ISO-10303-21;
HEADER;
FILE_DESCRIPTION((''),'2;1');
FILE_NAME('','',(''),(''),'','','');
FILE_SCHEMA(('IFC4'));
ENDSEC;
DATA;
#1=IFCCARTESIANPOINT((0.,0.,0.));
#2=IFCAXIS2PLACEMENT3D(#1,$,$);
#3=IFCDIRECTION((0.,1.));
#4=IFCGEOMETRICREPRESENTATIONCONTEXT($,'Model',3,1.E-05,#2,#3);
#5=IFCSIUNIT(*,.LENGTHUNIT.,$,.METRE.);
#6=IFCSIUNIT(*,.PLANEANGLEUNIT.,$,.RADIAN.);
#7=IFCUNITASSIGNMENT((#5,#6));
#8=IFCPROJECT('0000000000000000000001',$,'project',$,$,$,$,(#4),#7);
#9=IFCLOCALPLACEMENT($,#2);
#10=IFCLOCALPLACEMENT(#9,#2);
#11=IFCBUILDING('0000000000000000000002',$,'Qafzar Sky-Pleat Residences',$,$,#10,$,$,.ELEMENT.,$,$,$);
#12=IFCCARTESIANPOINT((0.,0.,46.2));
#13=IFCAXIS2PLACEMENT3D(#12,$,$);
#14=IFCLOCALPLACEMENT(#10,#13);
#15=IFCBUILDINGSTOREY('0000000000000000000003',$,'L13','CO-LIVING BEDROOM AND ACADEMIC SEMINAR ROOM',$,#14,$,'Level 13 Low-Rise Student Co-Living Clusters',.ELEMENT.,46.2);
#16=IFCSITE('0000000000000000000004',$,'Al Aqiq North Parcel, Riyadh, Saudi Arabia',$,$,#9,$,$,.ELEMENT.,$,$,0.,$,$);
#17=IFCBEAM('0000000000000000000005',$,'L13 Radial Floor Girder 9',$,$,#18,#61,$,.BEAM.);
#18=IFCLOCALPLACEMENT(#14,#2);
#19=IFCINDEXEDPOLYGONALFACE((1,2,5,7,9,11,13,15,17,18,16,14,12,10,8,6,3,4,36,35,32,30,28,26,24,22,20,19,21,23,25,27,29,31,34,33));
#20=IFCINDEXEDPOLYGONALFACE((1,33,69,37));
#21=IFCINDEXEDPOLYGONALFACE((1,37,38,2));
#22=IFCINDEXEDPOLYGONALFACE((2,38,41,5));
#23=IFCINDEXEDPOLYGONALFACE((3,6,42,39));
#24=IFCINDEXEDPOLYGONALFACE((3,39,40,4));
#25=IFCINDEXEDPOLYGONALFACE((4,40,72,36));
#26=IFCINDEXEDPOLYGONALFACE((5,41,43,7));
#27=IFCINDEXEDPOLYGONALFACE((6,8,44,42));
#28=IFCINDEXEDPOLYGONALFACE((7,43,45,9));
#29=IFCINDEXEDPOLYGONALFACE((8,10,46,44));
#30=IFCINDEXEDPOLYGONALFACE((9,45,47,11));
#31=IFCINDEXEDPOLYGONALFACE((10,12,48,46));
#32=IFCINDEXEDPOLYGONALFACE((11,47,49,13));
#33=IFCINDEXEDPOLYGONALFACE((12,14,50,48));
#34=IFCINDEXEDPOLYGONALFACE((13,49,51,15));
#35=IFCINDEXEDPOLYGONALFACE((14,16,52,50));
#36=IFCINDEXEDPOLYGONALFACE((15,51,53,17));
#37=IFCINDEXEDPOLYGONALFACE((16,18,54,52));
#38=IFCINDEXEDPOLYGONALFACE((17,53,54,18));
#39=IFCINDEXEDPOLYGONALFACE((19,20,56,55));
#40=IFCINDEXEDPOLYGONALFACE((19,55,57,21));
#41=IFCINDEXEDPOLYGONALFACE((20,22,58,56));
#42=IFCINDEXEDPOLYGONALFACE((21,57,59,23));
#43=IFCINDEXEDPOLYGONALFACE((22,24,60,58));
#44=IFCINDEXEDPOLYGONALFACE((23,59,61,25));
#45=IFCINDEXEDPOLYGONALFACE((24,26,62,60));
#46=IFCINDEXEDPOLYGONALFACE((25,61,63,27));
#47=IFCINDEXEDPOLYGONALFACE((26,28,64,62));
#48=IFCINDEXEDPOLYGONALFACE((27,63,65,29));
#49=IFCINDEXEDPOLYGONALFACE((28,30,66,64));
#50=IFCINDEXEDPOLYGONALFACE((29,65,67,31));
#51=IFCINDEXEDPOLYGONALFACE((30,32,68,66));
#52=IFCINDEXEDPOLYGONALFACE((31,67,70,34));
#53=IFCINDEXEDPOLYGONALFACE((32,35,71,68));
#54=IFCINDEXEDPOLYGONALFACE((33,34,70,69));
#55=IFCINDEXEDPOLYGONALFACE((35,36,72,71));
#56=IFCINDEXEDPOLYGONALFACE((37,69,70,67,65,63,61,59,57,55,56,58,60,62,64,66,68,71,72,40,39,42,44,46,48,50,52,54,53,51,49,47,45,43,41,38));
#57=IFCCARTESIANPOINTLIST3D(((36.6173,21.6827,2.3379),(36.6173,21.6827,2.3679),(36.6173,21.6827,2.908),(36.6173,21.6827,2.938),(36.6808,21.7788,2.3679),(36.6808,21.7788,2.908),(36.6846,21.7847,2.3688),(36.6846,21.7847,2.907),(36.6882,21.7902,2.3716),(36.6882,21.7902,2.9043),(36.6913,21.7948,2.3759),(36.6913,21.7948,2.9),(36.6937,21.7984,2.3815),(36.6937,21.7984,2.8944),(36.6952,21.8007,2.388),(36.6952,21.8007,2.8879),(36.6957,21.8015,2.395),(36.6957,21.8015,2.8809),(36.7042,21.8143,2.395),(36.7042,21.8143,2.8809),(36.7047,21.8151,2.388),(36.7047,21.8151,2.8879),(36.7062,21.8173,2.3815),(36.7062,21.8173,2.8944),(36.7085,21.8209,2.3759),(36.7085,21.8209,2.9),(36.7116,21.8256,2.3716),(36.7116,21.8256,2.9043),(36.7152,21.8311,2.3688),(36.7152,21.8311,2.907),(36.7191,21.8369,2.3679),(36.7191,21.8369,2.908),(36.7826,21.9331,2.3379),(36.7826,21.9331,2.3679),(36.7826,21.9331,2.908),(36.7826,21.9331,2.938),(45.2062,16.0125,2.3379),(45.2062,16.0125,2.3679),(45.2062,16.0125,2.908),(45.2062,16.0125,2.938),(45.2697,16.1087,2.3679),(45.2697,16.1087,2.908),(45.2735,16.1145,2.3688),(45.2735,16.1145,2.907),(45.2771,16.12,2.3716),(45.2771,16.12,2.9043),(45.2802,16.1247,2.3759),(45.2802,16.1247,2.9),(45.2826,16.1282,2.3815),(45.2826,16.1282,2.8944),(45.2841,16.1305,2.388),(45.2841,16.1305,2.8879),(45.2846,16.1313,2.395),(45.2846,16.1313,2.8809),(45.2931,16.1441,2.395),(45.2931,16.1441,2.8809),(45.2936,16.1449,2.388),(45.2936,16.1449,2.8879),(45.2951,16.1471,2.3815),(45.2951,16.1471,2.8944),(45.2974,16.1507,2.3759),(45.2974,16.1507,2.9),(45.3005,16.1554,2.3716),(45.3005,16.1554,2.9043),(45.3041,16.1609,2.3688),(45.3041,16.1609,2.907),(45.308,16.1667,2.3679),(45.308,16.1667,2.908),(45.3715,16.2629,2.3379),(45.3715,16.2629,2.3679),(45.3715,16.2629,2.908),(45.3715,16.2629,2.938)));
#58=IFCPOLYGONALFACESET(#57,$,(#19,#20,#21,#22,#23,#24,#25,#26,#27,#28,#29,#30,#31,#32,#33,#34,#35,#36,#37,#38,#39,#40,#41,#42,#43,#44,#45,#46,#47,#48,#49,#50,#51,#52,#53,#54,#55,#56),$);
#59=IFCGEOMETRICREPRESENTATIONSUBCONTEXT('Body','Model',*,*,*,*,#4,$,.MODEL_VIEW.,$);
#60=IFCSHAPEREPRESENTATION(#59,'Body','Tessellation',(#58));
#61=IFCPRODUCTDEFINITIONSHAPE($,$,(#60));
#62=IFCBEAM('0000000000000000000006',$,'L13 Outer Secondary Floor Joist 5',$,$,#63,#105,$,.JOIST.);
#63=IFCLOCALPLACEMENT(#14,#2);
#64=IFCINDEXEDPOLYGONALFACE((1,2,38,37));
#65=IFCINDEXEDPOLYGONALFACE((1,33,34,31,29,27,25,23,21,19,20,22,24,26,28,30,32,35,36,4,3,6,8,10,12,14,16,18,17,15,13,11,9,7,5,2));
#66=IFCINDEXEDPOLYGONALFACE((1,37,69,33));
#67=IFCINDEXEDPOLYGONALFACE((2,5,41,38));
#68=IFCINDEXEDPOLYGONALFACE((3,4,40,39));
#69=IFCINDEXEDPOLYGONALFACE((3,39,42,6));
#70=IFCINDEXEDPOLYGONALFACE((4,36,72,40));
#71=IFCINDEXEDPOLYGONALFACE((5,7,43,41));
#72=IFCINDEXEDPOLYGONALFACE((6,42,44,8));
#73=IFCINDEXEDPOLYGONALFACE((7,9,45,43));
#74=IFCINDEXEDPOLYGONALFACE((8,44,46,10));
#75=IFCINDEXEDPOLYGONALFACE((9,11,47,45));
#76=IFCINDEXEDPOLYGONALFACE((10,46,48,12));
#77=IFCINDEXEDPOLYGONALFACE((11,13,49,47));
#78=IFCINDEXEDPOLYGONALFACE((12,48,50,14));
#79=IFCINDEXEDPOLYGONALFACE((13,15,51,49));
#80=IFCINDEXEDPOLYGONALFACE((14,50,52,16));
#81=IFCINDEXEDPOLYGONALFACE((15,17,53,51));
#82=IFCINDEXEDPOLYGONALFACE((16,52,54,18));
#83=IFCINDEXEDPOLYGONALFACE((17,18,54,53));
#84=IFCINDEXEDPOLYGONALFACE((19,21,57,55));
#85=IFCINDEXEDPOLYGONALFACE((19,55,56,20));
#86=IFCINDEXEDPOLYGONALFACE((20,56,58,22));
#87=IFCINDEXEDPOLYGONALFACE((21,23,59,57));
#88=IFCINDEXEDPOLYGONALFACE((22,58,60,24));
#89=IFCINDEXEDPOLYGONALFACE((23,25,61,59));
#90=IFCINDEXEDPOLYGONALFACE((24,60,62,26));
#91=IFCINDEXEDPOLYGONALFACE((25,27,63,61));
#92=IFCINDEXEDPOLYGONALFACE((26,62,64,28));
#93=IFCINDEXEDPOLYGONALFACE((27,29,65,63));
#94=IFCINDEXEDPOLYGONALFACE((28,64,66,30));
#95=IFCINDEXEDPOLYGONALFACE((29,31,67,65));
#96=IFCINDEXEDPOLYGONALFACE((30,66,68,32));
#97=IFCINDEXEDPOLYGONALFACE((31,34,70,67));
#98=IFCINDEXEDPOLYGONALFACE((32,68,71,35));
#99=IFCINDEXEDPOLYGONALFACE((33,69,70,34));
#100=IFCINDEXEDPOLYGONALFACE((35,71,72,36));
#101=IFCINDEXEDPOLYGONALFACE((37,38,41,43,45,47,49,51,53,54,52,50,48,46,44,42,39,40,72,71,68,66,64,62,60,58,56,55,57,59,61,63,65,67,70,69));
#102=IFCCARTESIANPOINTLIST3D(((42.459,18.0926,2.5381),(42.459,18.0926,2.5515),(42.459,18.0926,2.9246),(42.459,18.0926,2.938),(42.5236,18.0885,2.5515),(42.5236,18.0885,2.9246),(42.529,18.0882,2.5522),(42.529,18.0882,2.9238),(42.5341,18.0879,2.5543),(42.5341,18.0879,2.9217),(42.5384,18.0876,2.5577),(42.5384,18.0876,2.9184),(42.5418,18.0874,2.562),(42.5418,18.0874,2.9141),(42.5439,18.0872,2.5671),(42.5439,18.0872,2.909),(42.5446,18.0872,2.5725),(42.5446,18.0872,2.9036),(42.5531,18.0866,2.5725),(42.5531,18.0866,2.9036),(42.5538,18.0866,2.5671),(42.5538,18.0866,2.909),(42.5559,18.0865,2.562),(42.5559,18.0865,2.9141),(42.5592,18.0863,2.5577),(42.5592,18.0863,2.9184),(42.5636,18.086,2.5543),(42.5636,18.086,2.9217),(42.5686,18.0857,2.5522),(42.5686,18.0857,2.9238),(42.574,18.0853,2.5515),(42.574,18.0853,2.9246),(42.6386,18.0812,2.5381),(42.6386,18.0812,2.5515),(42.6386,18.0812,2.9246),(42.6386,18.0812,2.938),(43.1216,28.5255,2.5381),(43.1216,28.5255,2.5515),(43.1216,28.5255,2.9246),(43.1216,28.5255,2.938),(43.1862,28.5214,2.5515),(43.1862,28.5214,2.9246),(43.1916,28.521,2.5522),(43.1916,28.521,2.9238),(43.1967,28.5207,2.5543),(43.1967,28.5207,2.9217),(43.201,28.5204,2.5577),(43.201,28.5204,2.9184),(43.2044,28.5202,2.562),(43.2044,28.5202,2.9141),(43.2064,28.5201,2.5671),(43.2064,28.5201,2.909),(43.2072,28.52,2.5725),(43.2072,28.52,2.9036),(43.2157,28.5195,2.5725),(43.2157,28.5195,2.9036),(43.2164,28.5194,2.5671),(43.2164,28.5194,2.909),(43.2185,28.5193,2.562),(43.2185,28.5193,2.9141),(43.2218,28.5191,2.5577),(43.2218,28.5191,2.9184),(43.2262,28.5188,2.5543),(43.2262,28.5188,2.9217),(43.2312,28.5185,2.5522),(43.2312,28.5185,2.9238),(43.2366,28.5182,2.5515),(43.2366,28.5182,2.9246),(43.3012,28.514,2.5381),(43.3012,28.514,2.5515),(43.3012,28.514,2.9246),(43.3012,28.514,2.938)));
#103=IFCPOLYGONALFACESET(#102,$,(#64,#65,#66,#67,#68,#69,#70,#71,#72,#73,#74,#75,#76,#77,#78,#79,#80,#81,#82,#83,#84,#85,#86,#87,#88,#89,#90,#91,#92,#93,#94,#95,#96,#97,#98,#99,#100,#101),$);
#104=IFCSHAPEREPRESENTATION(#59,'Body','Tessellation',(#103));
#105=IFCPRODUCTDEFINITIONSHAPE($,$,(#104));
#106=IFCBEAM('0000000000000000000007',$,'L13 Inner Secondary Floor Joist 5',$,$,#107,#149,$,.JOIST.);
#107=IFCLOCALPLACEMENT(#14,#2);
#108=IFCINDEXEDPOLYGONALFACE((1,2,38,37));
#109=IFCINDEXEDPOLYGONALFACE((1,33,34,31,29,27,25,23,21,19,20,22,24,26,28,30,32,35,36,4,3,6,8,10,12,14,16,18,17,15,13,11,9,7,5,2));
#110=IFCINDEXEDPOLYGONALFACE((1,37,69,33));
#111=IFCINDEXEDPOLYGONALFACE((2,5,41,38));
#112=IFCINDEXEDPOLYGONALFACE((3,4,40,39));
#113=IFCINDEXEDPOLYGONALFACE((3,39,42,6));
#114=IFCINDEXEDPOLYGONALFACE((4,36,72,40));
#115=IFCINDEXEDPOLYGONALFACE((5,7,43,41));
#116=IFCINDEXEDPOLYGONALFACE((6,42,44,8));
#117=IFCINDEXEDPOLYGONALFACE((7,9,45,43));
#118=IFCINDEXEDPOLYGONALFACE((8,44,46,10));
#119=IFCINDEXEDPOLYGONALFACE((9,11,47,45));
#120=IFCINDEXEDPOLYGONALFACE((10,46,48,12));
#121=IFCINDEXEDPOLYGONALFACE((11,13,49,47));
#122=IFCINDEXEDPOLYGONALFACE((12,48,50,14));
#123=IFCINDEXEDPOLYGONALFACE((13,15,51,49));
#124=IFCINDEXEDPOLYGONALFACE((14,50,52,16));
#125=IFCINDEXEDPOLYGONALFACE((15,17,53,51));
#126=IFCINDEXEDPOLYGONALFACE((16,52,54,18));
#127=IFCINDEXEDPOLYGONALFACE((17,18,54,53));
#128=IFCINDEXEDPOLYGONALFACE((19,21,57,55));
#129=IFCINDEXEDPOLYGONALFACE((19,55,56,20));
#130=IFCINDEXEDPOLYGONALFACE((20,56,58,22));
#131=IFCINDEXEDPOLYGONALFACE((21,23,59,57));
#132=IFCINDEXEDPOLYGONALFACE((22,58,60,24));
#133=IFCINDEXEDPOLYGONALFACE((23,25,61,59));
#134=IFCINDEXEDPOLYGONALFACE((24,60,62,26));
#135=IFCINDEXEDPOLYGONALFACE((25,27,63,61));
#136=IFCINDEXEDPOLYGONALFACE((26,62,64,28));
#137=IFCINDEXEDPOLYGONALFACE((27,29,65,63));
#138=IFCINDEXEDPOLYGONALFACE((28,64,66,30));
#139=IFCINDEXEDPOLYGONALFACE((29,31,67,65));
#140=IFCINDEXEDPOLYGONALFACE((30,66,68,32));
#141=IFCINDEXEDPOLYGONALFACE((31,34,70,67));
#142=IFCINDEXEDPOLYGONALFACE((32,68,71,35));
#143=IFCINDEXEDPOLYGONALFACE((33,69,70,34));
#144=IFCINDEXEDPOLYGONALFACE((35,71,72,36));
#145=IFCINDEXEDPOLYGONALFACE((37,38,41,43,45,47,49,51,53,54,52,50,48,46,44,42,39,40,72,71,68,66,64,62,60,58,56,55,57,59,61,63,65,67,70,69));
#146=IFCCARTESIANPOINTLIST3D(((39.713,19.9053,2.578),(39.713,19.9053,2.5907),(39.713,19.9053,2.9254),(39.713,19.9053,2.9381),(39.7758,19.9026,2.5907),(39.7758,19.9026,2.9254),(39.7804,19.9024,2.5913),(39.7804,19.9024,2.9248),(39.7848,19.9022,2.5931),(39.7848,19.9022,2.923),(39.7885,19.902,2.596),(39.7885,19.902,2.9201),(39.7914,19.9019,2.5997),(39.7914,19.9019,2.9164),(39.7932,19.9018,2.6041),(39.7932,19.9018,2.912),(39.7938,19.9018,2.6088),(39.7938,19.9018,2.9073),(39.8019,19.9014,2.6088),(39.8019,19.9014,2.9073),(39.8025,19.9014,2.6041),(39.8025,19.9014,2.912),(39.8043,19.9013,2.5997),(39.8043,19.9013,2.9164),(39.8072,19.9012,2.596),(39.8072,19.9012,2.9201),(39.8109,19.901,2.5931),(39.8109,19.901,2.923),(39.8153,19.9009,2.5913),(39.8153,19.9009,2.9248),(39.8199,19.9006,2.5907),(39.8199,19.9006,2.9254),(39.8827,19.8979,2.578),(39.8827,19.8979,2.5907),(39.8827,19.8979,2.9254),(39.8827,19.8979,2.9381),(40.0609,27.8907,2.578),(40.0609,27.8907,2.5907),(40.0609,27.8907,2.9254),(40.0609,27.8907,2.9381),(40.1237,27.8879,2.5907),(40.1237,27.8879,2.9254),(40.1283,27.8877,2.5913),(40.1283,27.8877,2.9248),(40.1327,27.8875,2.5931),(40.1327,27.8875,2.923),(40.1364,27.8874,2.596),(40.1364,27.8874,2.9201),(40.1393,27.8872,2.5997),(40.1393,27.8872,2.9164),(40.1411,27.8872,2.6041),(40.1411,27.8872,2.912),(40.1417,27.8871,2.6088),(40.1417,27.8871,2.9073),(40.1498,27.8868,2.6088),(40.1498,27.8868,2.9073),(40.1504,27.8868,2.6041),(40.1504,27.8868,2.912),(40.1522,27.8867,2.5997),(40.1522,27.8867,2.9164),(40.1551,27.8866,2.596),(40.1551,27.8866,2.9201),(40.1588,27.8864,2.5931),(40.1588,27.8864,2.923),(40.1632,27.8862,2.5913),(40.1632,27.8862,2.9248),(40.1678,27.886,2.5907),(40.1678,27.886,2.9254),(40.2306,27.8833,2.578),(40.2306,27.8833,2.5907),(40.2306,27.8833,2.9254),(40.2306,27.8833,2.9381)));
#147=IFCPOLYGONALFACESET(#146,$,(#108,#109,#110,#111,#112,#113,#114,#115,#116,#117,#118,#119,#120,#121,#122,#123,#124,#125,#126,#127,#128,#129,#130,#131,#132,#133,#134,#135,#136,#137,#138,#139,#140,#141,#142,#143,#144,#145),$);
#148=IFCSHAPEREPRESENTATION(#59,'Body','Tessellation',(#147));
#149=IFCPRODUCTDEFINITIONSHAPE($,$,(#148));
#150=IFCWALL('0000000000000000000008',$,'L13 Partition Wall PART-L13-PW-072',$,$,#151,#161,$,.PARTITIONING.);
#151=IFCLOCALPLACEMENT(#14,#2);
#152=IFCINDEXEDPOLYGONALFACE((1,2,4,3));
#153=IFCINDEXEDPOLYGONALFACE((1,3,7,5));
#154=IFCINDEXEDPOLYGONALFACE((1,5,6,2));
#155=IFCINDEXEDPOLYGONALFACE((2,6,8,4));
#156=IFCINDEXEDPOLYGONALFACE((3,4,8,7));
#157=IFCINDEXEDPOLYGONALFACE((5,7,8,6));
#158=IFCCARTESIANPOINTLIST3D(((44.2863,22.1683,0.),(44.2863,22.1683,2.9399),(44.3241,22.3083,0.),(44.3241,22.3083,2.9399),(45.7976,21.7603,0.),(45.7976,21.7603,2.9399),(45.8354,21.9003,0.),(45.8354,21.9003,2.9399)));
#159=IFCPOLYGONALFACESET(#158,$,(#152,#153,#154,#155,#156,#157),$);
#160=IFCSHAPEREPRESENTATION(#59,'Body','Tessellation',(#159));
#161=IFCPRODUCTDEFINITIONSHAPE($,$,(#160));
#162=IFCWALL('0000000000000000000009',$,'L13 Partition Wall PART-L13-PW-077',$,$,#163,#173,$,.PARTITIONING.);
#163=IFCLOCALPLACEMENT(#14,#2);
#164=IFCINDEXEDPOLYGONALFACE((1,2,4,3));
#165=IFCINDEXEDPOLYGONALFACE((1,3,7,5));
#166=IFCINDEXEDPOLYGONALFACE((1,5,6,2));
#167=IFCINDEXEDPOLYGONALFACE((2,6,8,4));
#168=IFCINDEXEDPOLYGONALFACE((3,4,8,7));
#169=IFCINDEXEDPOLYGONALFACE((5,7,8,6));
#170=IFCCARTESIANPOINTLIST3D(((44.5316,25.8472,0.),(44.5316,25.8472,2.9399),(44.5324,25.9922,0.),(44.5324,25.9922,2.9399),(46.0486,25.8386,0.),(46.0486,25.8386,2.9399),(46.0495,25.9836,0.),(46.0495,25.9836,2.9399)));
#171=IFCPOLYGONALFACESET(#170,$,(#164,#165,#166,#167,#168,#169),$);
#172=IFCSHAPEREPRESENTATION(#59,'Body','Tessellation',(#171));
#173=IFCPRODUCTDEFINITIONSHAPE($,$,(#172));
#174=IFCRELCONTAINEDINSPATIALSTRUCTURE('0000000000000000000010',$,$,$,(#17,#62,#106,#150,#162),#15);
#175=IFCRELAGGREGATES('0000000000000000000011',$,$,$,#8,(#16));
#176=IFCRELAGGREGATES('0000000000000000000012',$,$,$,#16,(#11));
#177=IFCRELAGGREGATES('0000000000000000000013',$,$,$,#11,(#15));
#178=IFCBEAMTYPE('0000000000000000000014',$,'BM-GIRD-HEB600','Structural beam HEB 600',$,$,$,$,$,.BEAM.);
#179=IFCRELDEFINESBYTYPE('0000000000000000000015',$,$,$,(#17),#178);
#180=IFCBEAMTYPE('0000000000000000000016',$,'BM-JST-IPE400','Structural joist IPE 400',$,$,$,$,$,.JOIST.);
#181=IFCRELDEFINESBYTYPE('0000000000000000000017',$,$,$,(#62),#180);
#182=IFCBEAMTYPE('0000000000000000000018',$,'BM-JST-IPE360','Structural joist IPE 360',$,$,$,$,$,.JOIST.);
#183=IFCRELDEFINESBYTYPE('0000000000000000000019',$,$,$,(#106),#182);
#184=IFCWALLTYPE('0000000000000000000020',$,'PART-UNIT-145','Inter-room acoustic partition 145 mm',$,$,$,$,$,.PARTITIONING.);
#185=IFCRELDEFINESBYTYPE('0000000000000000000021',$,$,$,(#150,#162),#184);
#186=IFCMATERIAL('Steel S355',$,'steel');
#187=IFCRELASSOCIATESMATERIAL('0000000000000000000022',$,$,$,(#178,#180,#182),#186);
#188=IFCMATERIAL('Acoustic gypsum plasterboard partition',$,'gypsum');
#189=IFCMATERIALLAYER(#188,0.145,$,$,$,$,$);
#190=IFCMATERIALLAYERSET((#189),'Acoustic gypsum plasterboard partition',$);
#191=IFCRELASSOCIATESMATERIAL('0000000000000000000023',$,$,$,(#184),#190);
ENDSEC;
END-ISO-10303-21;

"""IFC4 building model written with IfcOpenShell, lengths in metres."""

from ifc_helpers import new_model, si_unit, direction, frame, frame_2d, origin, origin_2d, place, context, subcontext, project, spatial, rectangle, i_section, extrude, source, transform, mapped, material, layer, layer_set, material_profile, profile_set, type_object, element, save


model = new_model("IFC4")

# Units and contexts
model_context = context("Model", 3, precision=1e-05, world=origin(), true_north=direction((0.0, 1.0)))
body_context = subcontext(model_context, "Body", "Model", "MODEL_VIEW")
ifc_project = project(units=[si_unit("LENGTHUNIT", "METRE"), si_unit("PLANEANGLEUNIT", "RADIAN")], contexts=[model_context])

# Site, building, storey
site_placement = place(None, origin())
site = spatial("IfcSite", under=ifc_project, at=site_placement, Name="Al Aqiq North Parcel, Riyadh, Saudi Arabia", CompositionType="ELEMENT", RefElevation=0.0)
building_placement = place(site_placement, origin())
building = spatial("IfcBuilding", under=site, at=building_placement, Name="Qafzar Sky-Pleat Residences", CompositionType="ELEMENT")
storey_placement = place(building_placement, frame((0.0, 0.0, 46.2)))
storey = spatial("IfcBuildingStorey", under=building, at=storey_placement, Name="L13", Description="CO-LIVING BEDROOM AND ACADEMIC SEMINAR ROOM", LongName="Level 13 Low-Rise Student Co-Living Clusters", CompositionType="ELEMENT", Elevation=46.2)

# Beams
ifc_material_1 = material(Name="Steel S355", Category="steel")
ifc_material_profile_1 = material_profile(ifc_material_1, i_section(OverallWidth=0.3, OverallDepth=0.6001, WebThickness=0.0154, FlangeThickness=0.03, FilletRadius=0.0271, at=origin_2d()), Name="HEB 600")
ifc_profile_set_1 = profile_set([ifc_material_profile_1], Name="Steel S355")
beam_type_1 = type_object("IfcBeamType", Name="BM-GIRD-HEB600", Description="Structural beam HEB 600", PredefinedType="BEAM", material=ifc_profile_set_1)
shared_shape_1 = source(origin(), body_context, "Body", "SweptSolid", [
    extrude(i_section(OverallWidth=0.3, OverallDepth=0.6001, WebThickness=0.0154, FlangeThickness=0.03, FilletRadius=0.0271, at=origin_2d()), origin(), (0.0, 0.0, 1.0), 10.2917),
])
beam_1_placement = place(storey_placement, frame((45.2888, 16.1377, 2.6379), z_axis=(-0.834542, 0.550945, 0.0), x_axis=(-0.550945, -0.834542, 0.0)))
element("IfcBeam", 1, at=beam_1_placement, inside=storey, type_object=beam_type_1, Name="L13 Radial Floor Girder 9", PredefinedType="BEAM", context=body_context, shape_type="MappedRepresentation", body=[
    mapped(shared_shape_1, transform((0.0, 0.0, 0.0), x_axis=(1.0, 0.0, 0.0), y_axis=(0.0, 1.0, 0.0), z_axis=(0.0, 0.0, 1.0), scale=1.0)),
])
ifc_material_profile_2 = material_profile(ifc_material_1, i_section(OverallWidth=0.1799, OverallDepth=0.3999, WebThickness=0.0085, FlangeThickness=0.0134, FilletRadius=0.021, at=origin_2d()), Name="IPE 400")
ifc_profile_set_2 = profile_set([ifc_material_profile_2], Name="Steel S355")
beam_type_2 = type_object("IfcBeamType", Name="BM-JST-IPE400", Description="Structural joist IPE 400", PredefinedType="JOIST", material=ifc_profile_set_2)
shared_shape_2 = source(origin(), body_context, "Body", "SweptSolid", [
    extrude(i_section(OverallWidth=0.1799, OverallDepth=0.3999, WebThickness=0.0085, FlangeThickness=0.0134, FilletRadius=0.021, at=origin_2d()), origin(), (0.0, 0.0, 1.0), 10.4539),
])
beam_2_placement = place(storey_placement, frame((42.5488, 18.0869, 2.738), z_axis=(0.063383, 0.997989, 0.0), x_axis=(-0.997989, 0.063383, 0.0)))
element("IfcBeam", 2, at=beam_2_placement, inside=storey, type_object=beam_type_2, Name="L13 Outer Secondary Floor Joist 5", PredefinedType="JOIST", context=body_context, shape_type="MappedRepresentation", body=[
    mapped(shared_shape_2, transform((0.0, 0.0, 0.0), x_axis=(1.0, 0.0, 0.0), y_axis=(0.0, 1.0, 0.0), z_axis=(0.0, 0.0, 1.0), scale=1.0)),
])
ifc_material_profile_3 = material_profile(ifc_material_1, i_section(OverallWidth=0.1699, OverallDepth=0.3601, WebThickness=0.0081, FlangeThickness=0.0127, FilletRadius=0.0181, at=origin_2d()), Name="IPE 360")
ifc_profile_set_3 = profile_set([ifc_material_profile_3], Name="Steel S355")
beam_type_3 = type_object("IfcBeamType", Name="BM-JST-IPE360", Description="Structural joist IPE 360", PredefinedType="JOIST", material=ifc_profile_set_3)
shared_shape_3 = source(origin(), body_context, "Body", "SweptSolid", [
    extrude(i_section(OverallWidth=0.1699, OverallDepth=0.3601, WebThickness=0.0081, FlangeThickness=0.0127, FilletRadius=0.0181, at=origin_2d()), origin(), (0.0, 0.0, 1.0), 7.9929),
])
beam_3_placement = place(storey_placement, frame((39.7979, 19.9016, 2.7581), z_axis=(0.043526, 0.999052, 0.0), x_axis=(-0.999052, 0.043526, 0.0)))
element("IfcBeam", 3, at=beam_3_placement, inside=storey, type_object=beam_type_3, Name="L13 Inner Secondary Floor Joist 5", PredefinedType="JOIST", context=body_context, shape_type="MappedRepresentation", body=[
    mapped(shared_shape_3, transform((0.0, 0.0, 0.0), x_axis=(1.0, 0.0, 0.0), y_axis=(0.0, 1.0, 0.0), z_axis=(0.0, 0.0, 1.0), scale=1.0)),
])

# Walls
ifc_material_2 = material(Name="Acoustic gypsum plasterboard partition", Category="gypsum")
ifc_layer_1 = layer(ifc_material_2, 0.145)
ifc_layer_set_1 = layer_set([ifc_layer_1], Name="Acoustic gypsum plasterboard partition")
wall_type_1 = type_object("IfcWallType", Name="PART-UNIT-145", Description="Inter-room acoustic partition 145 mm", PredefinedType="PARTITIONING", material=ifc_layer_set_1)
wall_1_placement = place(storey_placement, frame((44.3052, 22.2383, 0.0), z_axis=(0.0, 0.0, 1.0), x_axis=(0.965441, -0.260622, 0.0)))
element("IfcWall", 4, at=wall_1_placement, inside=storey, type_object=wall_type_1, Name="L13 Partition Wall PART-L13-PW-072", PredefinedType="PARTITIONING", context=body_context, shape_type="SweptSolid", body=[
    extrude(rectangle(XDim=1.5654, YDim=0.145, at=frame_2d((0.7827, 0.0))), origin(), (0.0, 0.0, 1.0), 2.9399),
])
wall_2_placement = place(storey_placement, frame((44.532, 25.9197, 0.0), z_axis=(0.0, 0.0, 1.0), x_axis=(0.999984, -0.005632, 0.0)))
element("IfcWall", 5, at=wall_2_placement, inside=storey, type_object=wall_type_1, Name="L13 Partition Wall PART-L13-PW-077", PredefinedType="PARTITIONING", context=body_context, shape_type="SweptSolid", body=[
    extrude(rectangle(XDim=1.5171, YDim=0.145, at=frame_2d((0.7585, 0.0))), origin(), (0.0, 0.0, 1.0), 2.9399),
])

save(model, "model.ifc")
